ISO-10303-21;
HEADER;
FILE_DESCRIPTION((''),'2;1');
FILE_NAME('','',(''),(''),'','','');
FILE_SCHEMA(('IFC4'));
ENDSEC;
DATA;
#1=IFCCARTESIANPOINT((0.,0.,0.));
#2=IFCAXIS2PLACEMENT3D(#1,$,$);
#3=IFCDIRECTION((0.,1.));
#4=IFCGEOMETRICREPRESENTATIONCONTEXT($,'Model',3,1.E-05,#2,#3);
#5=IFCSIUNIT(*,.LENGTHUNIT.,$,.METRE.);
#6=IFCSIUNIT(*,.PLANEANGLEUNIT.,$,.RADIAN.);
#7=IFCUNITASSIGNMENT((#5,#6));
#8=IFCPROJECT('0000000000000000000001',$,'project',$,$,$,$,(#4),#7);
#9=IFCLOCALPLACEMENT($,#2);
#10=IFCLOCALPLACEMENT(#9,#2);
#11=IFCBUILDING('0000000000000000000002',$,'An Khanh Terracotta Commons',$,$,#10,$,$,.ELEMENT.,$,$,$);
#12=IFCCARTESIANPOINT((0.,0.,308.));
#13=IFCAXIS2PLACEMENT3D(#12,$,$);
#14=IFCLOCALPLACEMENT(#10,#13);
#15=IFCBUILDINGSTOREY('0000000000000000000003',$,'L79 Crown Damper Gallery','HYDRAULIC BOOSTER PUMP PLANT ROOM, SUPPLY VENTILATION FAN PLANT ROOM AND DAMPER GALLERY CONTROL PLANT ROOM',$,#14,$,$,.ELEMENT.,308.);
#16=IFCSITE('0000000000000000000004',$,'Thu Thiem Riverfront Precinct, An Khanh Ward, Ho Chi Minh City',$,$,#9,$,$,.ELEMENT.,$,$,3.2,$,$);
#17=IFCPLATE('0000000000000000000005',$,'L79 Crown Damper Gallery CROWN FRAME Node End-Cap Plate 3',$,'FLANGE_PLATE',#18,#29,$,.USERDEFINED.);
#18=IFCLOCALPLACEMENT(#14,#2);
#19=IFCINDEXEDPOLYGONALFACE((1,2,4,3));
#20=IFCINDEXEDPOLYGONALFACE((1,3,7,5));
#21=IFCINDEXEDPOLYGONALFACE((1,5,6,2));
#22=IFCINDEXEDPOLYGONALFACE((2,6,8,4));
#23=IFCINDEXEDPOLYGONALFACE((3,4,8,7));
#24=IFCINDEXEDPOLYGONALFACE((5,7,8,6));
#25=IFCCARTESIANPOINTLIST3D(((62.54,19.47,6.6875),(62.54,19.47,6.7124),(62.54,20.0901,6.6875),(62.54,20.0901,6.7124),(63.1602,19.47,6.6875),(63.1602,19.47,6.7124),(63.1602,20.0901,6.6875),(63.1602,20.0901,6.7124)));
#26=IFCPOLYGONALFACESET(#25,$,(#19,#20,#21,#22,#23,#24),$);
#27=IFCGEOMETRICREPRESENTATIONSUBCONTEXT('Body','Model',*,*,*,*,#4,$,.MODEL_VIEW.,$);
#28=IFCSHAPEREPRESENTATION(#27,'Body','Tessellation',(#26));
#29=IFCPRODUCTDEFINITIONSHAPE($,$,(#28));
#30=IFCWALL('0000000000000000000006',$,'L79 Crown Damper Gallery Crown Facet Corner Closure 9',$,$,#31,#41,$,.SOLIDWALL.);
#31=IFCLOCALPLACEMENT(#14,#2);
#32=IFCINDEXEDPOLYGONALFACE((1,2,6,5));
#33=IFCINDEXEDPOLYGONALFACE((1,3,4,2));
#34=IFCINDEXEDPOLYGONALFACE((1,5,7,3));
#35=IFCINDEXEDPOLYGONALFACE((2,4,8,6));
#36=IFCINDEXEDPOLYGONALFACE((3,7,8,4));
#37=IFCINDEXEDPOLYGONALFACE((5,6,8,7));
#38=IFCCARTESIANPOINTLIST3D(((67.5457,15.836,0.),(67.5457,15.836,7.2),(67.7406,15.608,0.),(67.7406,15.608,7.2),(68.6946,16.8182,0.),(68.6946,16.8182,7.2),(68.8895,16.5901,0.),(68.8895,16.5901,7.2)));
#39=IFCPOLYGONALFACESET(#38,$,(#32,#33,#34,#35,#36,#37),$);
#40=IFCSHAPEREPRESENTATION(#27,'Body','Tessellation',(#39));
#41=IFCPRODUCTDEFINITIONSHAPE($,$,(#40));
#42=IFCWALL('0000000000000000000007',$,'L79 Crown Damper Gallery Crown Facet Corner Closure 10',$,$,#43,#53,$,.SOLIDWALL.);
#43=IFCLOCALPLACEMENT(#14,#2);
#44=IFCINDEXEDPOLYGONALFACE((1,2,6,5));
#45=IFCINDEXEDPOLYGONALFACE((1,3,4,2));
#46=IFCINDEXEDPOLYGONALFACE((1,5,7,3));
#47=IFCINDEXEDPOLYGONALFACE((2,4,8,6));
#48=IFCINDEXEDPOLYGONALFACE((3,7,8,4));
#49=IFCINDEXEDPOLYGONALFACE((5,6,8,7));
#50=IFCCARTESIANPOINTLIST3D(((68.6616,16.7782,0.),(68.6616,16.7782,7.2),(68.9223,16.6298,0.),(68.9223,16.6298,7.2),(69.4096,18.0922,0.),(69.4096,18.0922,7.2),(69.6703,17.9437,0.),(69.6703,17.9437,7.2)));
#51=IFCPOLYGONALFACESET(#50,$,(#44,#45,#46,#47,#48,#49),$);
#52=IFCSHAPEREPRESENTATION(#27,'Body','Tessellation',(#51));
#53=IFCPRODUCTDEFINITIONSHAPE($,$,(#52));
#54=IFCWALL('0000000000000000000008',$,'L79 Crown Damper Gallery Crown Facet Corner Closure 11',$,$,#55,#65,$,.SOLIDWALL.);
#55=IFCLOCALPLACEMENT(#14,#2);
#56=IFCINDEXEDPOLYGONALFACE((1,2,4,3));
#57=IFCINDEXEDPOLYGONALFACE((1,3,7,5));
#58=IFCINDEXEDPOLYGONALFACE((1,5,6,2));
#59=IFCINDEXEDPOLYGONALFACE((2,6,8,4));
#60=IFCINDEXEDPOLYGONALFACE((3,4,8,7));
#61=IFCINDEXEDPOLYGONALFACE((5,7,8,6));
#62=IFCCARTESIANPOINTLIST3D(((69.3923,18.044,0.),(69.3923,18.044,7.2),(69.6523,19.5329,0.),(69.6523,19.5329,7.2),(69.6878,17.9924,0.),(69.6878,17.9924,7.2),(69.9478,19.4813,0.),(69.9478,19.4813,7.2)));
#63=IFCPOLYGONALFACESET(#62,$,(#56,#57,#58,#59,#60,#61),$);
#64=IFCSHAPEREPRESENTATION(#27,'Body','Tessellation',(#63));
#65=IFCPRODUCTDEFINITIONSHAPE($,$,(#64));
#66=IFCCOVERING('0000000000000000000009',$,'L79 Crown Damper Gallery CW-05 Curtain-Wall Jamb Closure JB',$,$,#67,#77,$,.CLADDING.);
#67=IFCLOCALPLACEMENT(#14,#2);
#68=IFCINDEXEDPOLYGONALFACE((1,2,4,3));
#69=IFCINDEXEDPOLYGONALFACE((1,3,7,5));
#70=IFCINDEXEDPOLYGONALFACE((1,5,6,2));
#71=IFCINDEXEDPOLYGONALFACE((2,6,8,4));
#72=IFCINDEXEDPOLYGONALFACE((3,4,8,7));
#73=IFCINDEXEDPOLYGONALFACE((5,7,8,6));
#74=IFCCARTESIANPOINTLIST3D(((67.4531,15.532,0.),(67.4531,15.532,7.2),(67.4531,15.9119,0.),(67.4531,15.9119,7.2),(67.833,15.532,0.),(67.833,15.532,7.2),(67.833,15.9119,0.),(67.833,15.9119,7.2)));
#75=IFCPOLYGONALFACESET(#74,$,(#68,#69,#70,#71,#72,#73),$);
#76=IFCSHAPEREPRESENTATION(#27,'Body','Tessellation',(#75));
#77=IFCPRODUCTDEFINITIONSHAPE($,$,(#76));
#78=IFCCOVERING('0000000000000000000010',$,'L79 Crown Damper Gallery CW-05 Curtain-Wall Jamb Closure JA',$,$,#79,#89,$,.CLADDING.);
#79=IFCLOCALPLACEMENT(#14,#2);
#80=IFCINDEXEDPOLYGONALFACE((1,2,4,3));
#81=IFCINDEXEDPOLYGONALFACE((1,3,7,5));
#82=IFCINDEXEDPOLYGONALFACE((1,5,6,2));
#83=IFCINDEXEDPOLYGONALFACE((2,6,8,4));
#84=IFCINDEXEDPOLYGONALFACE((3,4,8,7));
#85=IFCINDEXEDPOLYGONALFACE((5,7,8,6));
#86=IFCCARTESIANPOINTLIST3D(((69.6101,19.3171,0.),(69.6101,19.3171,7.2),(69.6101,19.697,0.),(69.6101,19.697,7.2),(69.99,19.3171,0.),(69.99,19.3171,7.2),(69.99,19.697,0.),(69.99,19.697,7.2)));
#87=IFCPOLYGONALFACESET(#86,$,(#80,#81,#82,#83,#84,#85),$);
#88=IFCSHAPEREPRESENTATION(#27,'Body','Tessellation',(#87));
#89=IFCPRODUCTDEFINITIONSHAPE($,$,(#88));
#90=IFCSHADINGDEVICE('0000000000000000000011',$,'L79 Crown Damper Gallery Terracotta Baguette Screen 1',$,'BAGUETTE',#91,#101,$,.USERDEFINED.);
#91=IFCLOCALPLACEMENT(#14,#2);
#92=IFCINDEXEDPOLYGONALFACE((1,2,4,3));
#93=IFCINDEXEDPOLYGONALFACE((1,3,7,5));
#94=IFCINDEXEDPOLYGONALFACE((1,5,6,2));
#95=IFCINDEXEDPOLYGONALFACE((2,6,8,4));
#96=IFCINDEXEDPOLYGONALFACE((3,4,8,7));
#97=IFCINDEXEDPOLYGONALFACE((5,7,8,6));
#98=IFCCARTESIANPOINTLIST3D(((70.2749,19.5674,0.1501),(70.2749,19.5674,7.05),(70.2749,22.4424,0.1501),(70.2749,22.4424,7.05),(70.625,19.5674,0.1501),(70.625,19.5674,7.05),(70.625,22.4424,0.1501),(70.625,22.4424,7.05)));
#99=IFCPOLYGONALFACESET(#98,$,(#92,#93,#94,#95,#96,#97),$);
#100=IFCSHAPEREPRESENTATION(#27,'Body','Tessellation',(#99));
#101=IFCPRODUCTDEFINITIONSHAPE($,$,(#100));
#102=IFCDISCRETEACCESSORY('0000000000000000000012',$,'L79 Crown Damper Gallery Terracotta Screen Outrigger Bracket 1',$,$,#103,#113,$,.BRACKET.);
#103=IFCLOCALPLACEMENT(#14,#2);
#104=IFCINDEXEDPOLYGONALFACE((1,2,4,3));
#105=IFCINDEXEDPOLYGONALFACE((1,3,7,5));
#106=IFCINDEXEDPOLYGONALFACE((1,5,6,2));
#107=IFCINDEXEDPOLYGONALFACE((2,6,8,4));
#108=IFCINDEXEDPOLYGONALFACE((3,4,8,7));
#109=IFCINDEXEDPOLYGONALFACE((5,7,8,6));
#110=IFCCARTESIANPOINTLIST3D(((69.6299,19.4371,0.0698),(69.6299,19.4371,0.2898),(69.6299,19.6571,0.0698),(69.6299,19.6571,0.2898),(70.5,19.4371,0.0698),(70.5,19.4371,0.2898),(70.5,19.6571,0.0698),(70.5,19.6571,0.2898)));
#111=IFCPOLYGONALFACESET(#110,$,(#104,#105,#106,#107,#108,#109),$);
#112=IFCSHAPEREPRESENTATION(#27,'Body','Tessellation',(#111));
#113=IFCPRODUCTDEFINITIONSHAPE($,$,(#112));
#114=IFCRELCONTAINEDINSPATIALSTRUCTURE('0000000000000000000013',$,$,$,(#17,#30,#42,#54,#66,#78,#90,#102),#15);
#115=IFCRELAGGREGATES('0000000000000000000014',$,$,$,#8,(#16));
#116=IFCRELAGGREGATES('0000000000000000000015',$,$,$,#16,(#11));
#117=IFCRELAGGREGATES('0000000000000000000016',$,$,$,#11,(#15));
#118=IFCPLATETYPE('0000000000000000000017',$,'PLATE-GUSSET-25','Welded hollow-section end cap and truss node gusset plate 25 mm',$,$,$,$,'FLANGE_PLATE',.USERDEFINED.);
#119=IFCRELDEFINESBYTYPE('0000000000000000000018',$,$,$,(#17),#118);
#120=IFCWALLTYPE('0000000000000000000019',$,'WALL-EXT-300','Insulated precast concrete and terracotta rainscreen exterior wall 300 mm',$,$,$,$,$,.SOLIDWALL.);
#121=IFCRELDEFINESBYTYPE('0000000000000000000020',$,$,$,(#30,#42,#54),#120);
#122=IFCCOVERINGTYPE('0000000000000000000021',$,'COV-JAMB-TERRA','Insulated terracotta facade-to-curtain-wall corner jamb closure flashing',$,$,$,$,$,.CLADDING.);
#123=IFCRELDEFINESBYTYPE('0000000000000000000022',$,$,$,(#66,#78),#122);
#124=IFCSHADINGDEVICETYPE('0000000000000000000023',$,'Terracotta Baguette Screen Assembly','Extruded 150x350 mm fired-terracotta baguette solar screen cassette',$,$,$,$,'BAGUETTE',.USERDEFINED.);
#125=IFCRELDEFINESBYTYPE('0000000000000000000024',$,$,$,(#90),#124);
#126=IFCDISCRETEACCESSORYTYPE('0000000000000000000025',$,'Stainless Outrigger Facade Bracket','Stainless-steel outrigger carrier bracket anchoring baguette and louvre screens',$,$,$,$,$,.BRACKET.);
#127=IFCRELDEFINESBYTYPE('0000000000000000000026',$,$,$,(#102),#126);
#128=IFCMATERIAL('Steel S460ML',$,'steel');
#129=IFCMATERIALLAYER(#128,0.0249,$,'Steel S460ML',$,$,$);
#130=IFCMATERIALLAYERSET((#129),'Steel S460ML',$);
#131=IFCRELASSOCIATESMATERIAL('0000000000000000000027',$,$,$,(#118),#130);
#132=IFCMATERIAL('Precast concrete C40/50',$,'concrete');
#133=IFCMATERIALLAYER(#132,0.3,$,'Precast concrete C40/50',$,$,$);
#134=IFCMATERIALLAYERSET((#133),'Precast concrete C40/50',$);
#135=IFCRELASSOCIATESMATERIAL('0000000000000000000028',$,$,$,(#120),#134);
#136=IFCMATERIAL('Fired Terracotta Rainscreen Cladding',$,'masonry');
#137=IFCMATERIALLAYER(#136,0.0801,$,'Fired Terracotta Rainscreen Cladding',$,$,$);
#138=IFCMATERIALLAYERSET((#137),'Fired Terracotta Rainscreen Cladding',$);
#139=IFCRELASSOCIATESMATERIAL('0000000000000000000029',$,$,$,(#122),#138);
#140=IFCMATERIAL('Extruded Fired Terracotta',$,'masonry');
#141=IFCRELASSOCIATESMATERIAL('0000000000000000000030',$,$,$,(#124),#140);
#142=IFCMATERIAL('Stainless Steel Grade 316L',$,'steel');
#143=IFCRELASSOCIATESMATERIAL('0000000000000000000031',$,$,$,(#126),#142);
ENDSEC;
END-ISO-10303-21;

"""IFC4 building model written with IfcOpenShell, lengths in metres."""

from ifc_helpers import new_model, si_unit, direction, frame, frame_2d, origin, origin_2d, place, context, subcontext, project, spatial, rectangle, extrude, material, layer, layer_set, type_object, element, save


model = new_model("IFC4")

# Units and contexts
model_context = context("Model", 3, precision=1e-05, world=origin(), true_north=direction((0.0, 1.0)))
body_context = subcontext(model_context, "Body", "Model", "MODEL_VIEW")
ifc_project = project(units=[si_unit("LENGTHUNIT", "METRE"), si_unit("PLANEANGLEUNIT", "RADIAN")], contexts=[model_context])

# Site, building, storey
site_placement = place(None, origin())
site = spatial("IfcSite", under=ifc_project, at=site_placement, Name="Thu Thiem Riverfront Precinct, An Khanh Ward, Ho Chi Minh City", CompositionType="ELEMENT", RefElevation=3.2)
building_placement = place(site_placement, origin())
building = spatial("IfcBuilding", under=site, at=building_placement, Name="An Khanh Terracotta Commons", CompositionType="ELEMENT")
storey_placement = place(building_placement, frame((0.0, 0.0, 308.0)))
storey = spatial("IfcBuildingStorey", under=building, at=storey_placement, Name="L79 Crown Damper Gallery", Description="HYDRAULIC BOOSTER PUMP PLANT ROOM, SUPPLY VENTILATION FAN PLANT ROOM AND DAMPER GALLERY CONTROL PLANT ROOM", CompositionType="ELEMENT", Elevation=308.0)

# Shared definitions
ifc_material_1 = material(Name="Steel S460ML", Category="steel")

# Plate
ifc_layer_1 = layer(ifc_material_1, 0.0249, Name="Steel S460ML")
ifc_layer_set_1 = layer_set([ifc_layer_1], Name="Steel S460ML")
plate_type_1 = type_object("IfcPlateType", Name="PLATE-GUSSET-25", Description="Welded hollow-section end cap and truss node gusset plate 25 mm", ElementType="FLANGE_PLATE", PredefinedType="USERDEFINED", material=ifc_layer_set_1)
plate_1_placement = place(storey_placement, frame((62.8501, 19.78, 6.6875), z_axis=(0.0, 0.0, 1.0), x_axis=(1.0, 0.0, 0.0)))
element("IfcPlate", 1, at=plate_1_placement, inside=storey, type_object=plate_type_1, Name="L79 Crown Damper Gallery CROWN FRAME Node End-Cap Plate 3", ObjectType="FLANGE_PLATE", PredefinedType="USERDEFINED", context=body_context, shape_type="SweptSolid", body=[
    extrude(rectangle(XDim=0.6201, YDim=0.6201, at=origin_2d()), origin(), (0.0, 0.0, 1.0), 0.0249),
])

# Walls
ifc_material_2 = material(Name="Precast concrete C40/50", Category="concrete")
ifc_layer_2 = layer(ifc_material_2, 0.3, Name="Precast concrete C40/50")
ifc_layer_set_2 = layer_set([ifc_layer_2], Name="Precast concrete C40/50")
wall_type = type_object("IfcWallType", Name="WALL-EXT-300", Description="Insulated precast concrete and terracotta rainscreen exterior wall 300 mm", PredefinedType="SOLIDWALL", material=ifc_layer_set_2)
wall_1_placement = place(storey_placement, frame((67.6431, 15.7219, 0.0), z_axis=(0.0, 0.0, 1.0), x_axis=(0.760111, 0.649793, 0.0)))
element("IfcWall", 2, at=wall_1_placement, inside=storey, type_object=wall_type, Name="L79 Crown Damper Gallery Crown Facet Corner Closure 9", PredefinedType="SOLIDWALL", context=body_context, shape_type="SweptSolid", body=[
    extrude(rectangle(XDim=1.5115, YDim=0.3, at=frame_2d((0.7559, 0.0))), origin(), (0.0, 0.0, 1.0), 7.2),
])
wall_2_placement = place(storey_placement, frame((68.792, 16.7041, 0.0), z_axis=(0.0, 0.0, 1.0), x_axis=(0.494747, 0.869037, 0.0)))
element("IfcWall", 3, at=wall_2_placement, inside=storey, type_object=wall_type, Name="L79 Crown Damper Gallery Crown Facet Corner Closure 10", PredefinedType="SOLIDWALL", context=body_context, shape_type="SweptSolid", body=[
    extrude(rectangle(XDim=1.512, YDim=0.3, at=frame_2d((0.7559, 0.0))), origin(), (0.0, 0.0, 1.0), 7.2),
])
wall_3_placement = place(storey_placement, frame((69.54, 18.0181, 0.0), z_axis=(0.0, 0.0, 1.0), x_axis=(0.172016, 0.985094, 0.0)))
element("IfcWall", 4, at=wall_3_placement, inside=storey, type_object=wall_type, Name="L79 Crown Damper Gallery Crown Facet Corner Closure 11", PredefinedType="SOLIDWALL", context=body_context, shape_type="SweptSolid", body=[
    extrude(rectangle(XDim=1.5115, YDim=0.3, at=frame_2d((0.7559, 0.0))), origin(), (0.0, 0.0, 1.0), 7.2),
])

# Coverings
ifc_material_3 = material(Name="Fired Terracotta Rainscreen Cladding", Category="masonry")
ifc_layer_3 = layer(ifc_material_3, 0.0801, Name="Fired Terracotta Rainscreen Cladding")
ifc_layer_set_3 = layer_set([ifc_layer_3], Name="Fired Terracotta Rainscreen Cladding")
covering_type = type_object("IfcCoveringType", Name="COV-JAMB-TERRA", Description="Insulated terracotta facade-to-curtain-wall corner jamb closure flashing", PredefinedType="CLADDING", material=ifc_layer_set_3)
for number, where, z_axis, x_axis, name in (
    (5, (67.6431, 15.7219, 0.0), (0.0, 0.0, 1.0), (1.0, 0.0, 0.0), "L79 Crown Damper Gallery CW-05 Curtain-Wall Jamb Closure JB"),
    (6, (69.8, 19.5071, 0.0), (0.0, 0.0, 1.0), (1.0, 0.0, 0.0), "L79 Crown Damper Gallery CW-05 Curtain-Wall Jamb Closure JA"),
):
    element("IfcCovering", number, at=place(storey_placement, frame(where, z_axis=z_axis, x_axis=x_axis)), inside=storey, type_object=covering_type, Name=name, PredefinedType="CLADDING", context=body_context, shape_type="SweptSolid", body=[
        extrude(rectangle(XDim=0.3799, YDim=0.3799, at=origin_2d()), origin(), (0.0, 0.0, 1.0), 7.2),
    ])

# Shading device
ifc_material_4 = material(Name="Extruded Fired Terracotta", Category="masonry")
shading_device_type = type_object("IfcShadingDeviceType", Name="Terracotta Baguette Screen Assembly", Description="Extruded 150x350 mm fired-terracotta baguette solar screen cassette", ElementType="BAGUETTE", PredefinedType="USERDEFINED", material=ifc_material_4)
shading_device_placement = place(storey_placement, frame((70.45, 21.0049, 0.1501), z_axis=(0.0, 0.0, 1.0), x_axis=(0.0, 1.0, 0.0)))
element("IfcShadingDevice", 7, at=shading_device_placement, inside=storey, type_object=shading_device_type, Name="L79 Crown Damper Gallery Terracotta Baguette Screen 1", ObjectType="BAGUETTE", PredefinedType="USERDEFINED", context=body_context, shape_type="SweptSolid", body=[
    extrude(rectangle(XDim=2.875, YDim=0.3501, at=origin_2d()), origin(), (0.0, 0.0, 1.0), 6.8999),
])

# Discrete accessory
ifc_material_5 = material(Name="Stainless Steel Grade 316L", Category="steel")
discrete_accessory_type = type_object("IfcDiscreteAccessoryType", Name="Stainless Outrigger Facade Bracket", Description="Stainless-steel outrigger carrier bracket anchoring baguette and louvre screens", PredefinedType="BRACKET", material=ifc_material_5)
discrete_accessory_placement = place(storey_placement, frame((70.0649, 19.5471, 0.0698), z_axis=(0.0, 0.0, 1.0), x_axis=(0.0, 1.0, 0.0)))
element("IfcDiscreteAccessory", 8, at=discrete_accessory_placement, inside=storey, type_object=discrete_accessory_type, Name="L79 Crown Damper Gallery Terracotta Screen Outrigger Bracket 1", PredefinedType="BRACKET", context=body_context, shape_type="SweptSolid", body=[
    extrude(rectangle(XDim=0.22, YDim=0.8701, at=origin_2d()), origin(), (0.0, 0.0, 1.0), 0.22),
])

save(model, "model.ifc")
